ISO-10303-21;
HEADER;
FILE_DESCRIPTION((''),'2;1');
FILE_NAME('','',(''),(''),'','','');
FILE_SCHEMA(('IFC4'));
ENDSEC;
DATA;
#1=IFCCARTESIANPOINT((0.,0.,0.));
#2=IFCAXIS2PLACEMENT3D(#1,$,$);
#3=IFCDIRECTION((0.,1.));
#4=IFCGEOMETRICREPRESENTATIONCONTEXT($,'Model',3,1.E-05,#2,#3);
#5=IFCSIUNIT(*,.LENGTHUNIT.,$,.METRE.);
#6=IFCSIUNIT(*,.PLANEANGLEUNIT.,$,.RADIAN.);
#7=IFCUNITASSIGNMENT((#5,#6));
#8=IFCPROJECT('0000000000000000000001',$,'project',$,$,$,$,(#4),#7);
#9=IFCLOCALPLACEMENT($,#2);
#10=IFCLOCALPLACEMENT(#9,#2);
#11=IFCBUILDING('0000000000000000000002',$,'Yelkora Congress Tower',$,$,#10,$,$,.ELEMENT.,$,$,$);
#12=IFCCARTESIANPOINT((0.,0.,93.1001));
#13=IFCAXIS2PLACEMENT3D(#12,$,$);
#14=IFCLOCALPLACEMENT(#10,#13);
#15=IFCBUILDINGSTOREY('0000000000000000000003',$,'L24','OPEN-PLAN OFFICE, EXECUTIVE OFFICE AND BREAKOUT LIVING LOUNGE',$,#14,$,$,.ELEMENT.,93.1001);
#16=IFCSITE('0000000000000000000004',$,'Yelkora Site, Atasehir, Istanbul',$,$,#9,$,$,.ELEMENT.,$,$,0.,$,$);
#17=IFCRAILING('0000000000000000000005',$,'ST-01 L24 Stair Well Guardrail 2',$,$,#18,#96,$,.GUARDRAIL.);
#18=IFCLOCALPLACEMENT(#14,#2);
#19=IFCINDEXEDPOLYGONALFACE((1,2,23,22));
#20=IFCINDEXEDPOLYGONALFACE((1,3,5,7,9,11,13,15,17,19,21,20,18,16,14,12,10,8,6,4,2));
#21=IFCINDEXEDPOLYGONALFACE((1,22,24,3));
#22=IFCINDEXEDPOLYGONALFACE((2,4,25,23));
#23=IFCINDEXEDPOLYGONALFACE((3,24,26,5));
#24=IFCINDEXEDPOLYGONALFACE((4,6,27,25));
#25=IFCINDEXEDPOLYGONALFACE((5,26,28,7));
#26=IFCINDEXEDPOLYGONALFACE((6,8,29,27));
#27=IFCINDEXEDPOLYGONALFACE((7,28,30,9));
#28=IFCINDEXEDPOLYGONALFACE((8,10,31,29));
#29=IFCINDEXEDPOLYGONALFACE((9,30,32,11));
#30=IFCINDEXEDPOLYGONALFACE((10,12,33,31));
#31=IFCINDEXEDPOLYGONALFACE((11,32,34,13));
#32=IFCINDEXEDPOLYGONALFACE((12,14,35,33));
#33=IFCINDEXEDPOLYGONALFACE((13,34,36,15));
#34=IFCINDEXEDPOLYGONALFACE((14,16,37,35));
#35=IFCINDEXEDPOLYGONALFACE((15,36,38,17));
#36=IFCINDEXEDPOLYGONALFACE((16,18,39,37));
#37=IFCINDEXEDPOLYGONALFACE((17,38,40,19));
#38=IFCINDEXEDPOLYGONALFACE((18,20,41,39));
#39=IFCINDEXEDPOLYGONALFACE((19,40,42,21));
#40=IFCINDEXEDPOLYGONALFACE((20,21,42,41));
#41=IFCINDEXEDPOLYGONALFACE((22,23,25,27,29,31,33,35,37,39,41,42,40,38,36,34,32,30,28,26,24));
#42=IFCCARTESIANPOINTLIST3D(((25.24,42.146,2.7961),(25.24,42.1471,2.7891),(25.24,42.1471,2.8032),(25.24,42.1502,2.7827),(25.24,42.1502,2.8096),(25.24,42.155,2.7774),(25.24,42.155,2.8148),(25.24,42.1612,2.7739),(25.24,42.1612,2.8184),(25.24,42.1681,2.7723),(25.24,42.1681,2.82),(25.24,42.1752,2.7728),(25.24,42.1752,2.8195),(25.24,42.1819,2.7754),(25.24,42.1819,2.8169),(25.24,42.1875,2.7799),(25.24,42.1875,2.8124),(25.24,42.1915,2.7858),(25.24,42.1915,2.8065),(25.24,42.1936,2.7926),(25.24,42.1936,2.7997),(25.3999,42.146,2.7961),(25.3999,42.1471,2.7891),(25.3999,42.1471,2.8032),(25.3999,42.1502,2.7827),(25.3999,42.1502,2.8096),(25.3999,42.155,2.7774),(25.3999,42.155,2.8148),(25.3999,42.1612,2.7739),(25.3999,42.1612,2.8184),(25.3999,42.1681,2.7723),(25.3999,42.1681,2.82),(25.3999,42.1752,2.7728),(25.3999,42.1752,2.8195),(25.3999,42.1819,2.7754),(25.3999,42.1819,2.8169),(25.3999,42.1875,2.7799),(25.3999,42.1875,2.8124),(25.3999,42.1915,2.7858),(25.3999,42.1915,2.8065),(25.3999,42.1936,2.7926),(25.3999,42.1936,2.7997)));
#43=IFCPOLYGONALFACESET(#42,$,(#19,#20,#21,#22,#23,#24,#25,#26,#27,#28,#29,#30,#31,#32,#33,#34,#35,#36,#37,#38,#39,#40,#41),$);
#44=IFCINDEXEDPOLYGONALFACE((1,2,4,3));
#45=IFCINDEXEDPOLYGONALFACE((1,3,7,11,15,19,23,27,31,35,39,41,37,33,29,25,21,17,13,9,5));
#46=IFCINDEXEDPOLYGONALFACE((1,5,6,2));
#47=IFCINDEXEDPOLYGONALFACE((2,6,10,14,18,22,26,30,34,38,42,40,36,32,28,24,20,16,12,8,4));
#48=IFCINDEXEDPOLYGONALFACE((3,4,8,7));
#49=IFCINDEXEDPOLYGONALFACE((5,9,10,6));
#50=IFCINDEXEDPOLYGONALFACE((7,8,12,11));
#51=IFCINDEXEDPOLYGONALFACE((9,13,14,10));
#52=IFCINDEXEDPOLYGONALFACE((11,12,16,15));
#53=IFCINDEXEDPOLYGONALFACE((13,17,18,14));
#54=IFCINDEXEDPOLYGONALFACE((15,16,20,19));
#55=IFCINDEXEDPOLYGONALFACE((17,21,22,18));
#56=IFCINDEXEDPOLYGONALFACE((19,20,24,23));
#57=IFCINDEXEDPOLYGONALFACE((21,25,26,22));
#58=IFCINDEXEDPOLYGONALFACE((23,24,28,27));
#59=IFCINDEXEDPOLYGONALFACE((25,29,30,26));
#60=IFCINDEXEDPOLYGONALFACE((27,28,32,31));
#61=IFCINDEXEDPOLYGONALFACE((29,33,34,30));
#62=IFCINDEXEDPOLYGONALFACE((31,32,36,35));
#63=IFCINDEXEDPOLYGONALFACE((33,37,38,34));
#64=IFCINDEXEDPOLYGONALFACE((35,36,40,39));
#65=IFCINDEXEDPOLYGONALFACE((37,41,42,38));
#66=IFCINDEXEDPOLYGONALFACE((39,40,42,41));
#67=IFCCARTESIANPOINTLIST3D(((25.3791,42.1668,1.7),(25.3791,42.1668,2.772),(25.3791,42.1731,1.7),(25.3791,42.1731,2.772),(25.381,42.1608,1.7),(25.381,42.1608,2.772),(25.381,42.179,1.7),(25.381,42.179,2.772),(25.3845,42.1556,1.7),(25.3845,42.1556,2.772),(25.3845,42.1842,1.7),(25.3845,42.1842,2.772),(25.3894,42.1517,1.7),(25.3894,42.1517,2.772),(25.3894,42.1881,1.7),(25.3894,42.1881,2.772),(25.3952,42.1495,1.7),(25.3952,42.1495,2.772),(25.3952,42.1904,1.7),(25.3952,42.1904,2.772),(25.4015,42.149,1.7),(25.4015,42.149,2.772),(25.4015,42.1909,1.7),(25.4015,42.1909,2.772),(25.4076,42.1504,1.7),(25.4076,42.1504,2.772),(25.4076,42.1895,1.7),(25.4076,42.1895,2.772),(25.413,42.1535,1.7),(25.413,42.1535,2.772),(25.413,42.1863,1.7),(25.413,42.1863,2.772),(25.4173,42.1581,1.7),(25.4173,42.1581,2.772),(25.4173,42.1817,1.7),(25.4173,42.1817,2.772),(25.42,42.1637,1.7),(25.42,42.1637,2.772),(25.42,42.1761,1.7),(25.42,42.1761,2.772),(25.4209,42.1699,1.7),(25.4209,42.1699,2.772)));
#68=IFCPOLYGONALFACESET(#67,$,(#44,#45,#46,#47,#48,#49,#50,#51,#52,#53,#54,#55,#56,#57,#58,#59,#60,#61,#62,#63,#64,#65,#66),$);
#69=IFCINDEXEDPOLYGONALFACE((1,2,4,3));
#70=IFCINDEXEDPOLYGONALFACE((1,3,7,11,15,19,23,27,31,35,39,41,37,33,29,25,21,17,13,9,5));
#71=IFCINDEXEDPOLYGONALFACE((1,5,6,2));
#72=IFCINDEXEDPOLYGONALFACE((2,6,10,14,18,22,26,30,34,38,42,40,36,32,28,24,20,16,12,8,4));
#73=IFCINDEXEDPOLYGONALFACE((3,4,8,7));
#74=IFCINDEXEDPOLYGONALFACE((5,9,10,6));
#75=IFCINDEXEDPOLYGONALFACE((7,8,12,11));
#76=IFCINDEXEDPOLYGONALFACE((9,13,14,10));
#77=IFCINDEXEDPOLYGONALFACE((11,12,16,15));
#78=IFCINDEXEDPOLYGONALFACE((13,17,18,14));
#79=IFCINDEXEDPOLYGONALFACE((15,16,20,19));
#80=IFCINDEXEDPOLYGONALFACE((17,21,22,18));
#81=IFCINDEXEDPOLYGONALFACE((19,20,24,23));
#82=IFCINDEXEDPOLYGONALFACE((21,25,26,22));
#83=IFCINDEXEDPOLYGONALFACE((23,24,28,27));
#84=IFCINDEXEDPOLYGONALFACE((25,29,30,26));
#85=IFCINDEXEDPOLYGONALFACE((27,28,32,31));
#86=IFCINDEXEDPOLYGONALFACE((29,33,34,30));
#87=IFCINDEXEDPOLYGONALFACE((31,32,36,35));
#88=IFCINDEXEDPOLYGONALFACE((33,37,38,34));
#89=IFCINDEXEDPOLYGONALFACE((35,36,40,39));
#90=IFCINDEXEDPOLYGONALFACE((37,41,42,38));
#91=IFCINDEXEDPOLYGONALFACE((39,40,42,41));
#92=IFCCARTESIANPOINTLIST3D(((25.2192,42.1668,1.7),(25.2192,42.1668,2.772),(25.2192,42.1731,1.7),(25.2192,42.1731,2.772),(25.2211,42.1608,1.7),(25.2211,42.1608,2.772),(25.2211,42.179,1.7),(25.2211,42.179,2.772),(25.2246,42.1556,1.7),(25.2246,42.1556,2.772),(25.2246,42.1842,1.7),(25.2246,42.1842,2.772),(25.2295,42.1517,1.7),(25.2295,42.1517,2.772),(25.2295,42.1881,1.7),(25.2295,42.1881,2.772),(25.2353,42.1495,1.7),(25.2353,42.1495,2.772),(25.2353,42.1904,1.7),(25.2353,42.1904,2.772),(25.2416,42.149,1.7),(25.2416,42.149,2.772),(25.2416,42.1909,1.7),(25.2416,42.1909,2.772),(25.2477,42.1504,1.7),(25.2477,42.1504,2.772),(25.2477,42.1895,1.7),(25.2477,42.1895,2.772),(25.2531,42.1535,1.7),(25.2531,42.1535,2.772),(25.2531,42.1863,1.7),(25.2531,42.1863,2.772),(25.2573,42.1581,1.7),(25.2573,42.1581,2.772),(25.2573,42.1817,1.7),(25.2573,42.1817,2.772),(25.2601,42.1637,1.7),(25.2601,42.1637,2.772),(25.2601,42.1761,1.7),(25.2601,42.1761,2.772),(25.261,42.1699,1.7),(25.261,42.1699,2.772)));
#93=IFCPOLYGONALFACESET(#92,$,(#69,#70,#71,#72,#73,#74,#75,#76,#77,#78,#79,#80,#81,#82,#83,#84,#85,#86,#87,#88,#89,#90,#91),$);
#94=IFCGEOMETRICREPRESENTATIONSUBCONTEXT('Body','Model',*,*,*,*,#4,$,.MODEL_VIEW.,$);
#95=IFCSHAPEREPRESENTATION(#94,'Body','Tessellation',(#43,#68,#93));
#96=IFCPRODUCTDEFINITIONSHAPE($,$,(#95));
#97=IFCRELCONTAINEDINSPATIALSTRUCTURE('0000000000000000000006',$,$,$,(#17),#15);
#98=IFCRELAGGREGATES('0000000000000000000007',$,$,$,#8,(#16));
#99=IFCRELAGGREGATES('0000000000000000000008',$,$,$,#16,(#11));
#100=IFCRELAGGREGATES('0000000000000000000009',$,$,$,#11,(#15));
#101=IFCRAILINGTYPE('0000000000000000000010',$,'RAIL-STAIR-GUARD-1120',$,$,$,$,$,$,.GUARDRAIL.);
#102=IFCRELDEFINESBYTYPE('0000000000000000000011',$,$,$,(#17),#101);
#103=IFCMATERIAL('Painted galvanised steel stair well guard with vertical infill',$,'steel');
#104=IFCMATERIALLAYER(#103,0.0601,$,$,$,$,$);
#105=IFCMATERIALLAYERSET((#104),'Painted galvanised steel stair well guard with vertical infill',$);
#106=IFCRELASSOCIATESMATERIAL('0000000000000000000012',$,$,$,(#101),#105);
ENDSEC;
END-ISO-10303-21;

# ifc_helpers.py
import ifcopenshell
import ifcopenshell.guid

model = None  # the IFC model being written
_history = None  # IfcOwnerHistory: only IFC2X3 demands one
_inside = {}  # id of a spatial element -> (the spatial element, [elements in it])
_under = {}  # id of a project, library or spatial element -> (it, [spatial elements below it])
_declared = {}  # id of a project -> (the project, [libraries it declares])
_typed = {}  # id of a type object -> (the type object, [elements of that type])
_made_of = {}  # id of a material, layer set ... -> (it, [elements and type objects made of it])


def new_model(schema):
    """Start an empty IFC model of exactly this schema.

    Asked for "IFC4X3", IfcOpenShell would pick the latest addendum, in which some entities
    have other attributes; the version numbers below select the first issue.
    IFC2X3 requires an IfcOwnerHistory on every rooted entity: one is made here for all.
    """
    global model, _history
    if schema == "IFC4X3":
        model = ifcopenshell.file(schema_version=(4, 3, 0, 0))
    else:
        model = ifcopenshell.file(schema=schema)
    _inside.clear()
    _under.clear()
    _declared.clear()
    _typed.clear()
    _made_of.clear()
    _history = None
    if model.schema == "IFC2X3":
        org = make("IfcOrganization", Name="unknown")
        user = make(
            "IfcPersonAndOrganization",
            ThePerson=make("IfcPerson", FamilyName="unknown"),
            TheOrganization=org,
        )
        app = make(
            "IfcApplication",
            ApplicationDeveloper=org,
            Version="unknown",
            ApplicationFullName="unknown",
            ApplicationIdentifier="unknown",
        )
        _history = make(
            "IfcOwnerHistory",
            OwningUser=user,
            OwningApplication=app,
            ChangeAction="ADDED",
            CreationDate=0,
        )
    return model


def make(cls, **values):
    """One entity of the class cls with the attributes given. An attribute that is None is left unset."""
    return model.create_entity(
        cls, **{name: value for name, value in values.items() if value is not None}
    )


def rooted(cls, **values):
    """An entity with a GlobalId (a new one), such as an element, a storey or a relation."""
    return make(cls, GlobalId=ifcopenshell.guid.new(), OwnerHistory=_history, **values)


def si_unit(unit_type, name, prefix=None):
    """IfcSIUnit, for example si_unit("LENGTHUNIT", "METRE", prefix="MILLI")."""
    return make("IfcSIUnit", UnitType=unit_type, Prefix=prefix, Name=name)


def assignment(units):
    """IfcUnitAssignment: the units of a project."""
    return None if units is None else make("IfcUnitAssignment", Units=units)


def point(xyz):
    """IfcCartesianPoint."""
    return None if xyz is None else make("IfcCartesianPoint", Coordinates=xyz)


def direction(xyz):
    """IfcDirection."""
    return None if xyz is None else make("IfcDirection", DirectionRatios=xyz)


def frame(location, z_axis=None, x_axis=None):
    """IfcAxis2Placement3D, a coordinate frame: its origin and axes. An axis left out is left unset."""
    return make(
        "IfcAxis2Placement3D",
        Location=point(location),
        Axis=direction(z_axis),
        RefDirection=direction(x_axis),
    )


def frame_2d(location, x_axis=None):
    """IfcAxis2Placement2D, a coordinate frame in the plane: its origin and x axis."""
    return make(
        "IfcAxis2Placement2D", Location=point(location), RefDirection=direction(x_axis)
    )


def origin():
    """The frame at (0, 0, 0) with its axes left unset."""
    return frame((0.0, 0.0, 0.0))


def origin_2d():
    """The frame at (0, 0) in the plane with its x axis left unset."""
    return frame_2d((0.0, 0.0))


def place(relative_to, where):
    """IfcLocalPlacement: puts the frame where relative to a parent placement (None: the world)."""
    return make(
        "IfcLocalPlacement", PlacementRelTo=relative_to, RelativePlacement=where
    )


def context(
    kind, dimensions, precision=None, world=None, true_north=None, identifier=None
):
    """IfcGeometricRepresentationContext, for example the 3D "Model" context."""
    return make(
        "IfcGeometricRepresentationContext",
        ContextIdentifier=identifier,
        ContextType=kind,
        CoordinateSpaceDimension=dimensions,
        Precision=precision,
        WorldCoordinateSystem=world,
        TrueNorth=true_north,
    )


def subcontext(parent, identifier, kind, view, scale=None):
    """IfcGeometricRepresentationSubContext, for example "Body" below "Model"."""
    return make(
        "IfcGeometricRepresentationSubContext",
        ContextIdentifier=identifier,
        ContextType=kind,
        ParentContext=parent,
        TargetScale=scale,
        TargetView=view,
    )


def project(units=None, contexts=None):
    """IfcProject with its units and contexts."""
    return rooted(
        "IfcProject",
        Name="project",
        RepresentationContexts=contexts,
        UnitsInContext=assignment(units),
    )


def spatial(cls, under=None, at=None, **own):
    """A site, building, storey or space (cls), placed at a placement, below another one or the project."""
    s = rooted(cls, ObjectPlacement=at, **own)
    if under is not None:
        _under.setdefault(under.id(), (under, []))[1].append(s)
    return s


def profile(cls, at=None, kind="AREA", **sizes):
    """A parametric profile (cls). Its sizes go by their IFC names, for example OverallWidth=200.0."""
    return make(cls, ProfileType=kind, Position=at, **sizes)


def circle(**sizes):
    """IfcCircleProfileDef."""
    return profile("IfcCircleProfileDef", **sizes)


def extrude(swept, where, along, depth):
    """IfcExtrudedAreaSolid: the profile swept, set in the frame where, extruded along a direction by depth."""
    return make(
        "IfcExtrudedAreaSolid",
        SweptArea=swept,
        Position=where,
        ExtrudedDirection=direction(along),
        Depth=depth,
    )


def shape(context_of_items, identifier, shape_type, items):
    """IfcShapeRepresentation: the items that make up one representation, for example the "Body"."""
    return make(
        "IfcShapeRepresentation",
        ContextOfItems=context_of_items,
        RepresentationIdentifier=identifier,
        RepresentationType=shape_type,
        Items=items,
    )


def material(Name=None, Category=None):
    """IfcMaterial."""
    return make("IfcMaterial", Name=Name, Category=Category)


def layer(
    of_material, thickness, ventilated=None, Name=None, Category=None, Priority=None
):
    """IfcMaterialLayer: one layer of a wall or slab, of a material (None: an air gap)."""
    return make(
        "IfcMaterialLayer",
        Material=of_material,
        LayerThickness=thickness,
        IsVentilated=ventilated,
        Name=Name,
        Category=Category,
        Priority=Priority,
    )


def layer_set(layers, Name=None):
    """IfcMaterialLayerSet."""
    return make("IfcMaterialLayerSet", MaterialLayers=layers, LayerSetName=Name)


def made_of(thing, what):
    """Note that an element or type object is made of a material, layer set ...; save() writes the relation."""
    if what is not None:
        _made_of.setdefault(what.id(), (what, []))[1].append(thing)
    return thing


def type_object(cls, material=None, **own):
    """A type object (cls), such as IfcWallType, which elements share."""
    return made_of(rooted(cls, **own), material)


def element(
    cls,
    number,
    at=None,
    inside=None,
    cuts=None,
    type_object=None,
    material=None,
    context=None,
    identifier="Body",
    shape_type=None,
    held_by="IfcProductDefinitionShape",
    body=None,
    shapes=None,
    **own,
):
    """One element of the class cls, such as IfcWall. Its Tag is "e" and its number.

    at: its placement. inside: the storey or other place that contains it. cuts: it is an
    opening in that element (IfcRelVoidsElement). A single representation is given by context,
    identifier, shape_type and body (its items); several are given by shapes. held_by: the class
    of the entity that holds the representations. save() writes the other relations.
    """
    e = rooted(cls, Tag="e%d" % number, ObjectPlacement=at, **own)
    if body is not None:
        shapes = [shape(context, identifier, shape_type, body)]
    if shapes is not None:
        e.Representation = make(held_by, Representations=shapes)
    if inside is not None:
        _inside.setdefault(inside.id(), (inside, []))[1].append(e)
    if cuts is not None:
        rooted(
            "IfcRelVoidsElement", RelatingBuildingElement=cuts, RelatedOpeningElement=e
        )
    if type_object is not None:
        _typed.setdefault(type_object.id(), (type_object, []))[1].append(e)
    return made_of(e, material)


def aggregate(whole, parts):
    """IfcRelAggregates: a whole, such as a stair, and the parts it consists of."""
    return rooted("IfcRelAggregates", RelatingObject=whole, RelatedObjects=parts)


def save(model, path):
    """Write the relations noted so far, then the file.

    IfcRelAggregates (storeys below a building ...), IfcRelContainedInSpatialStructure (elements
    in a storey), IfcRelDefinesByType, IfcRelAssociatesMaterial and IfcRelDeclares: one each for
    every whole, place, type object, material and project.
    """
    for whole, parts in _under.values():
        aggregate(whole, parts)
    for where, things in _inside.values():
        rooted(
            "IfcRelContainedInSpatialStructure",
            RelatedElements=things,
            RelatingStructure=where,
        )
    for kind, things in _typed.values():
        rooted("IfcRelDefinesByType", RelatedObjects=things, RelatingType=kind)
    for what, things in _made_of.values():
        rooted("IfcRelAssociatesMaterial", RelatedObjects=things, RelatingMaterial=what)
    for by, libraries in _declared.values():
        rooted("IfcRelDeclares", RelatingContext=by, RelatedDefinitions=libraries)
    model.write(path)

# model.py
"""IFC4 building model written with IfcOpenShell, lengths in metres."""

from ifc_helpers import new_model, si_unit, direction, frame, origin, origin_2d, place, context, subcontext, project, spatial, circle, extrude, material, layer, layer_set, type_object, element, save


model = new_model("IFC4")

# Units and contexts
model_context = context("Model", 3, precision=1e-05, world=origin(), true_north=direction((0.0, 1.0)))
body_context = subcontext(model_context, "Body", "Model", "MODEL_VIEW")
ifc_project = project(units=[si_unit("LENGTHUNIT", "METRE"), si_unit("PLANEANGLEUNIT", "RADIAN")], contexts=[model_context])

# Site, building, storey
site_placement = place(None, origin())
site = spatial("IfcSite", under=ifc_project, at=site_placement, Name="Yelkora Site, Atasehir, Istanbul", CompositionType="ELEMENT", RefElevation=0.0)
building_placement = place(site_placement, origin())
building = spatial("IfcBuilding", under=site, at=building_placement, Name="Yelkora Congress Tower", CompositionType="ELEMENT")
storey_placement = place(building_placement, frame((0.0, 0.0, 93.1001)))
storey = spatial("IfcBuildingStorey", under=building, at=storey_placement, Name="L24", Description="OPEN-PLAN OFFICE, EXECUTIVE OFFICE AND BREAKOUT LIVING LOUNGE", CompositionType="ELEMENT", Elevation=93.1001)

# Railing
ifc_material_1 = material(Name="Painted galvanised steel stair well guard with vertical infill", Category="steel")
ifc_layer_1 = layer(ifc_material_1, 0.0601)
ifc_layer_set_1 = layer_set([ifc_layer_1], Name="Painted galvanised steel stair well guard with vertical infill")
railing_type_1 = type_object("IfcRailingType", Name="RAIL-STAIR-GUARD-1120", PredefinedType="GUARDRAIL", material=ifc_layer_set_1)
railing_1_placement = place(storey_placement, frame((25.3999, 42.1699, 1.7)))
element("IfcRailing", 1, at=railing_1_placement, inside=storey, type_object=railing_type_1, Name="ST-01 L24 Stair Well Guardrail 2", PredefinedType="GUARDRAIL", context=body_context, shape_type="SweptSolid", body=[
    extrude(circle(Radius=0.0239, at=origin_2d()), frame((0.0, 0.0, 1.0962), z_axis=(-1.0, 0.0, 0.0), x_axis=(0.0, -1.0, 0.0)), (0.0, 0.0, 1.0), 0.1599),
    extrude(circle(Radius=0.021, at=origin_2d()), origin(), (0.0, 0.0, 1.0), 1.072),
    extrude(circle(Radius=0.021, at=origin_2d()), frame((-0.1599, 0.0, 0.0)), (0.0, 0.0, 1.0), 1.072),
])

save(model, "model.ifc")
